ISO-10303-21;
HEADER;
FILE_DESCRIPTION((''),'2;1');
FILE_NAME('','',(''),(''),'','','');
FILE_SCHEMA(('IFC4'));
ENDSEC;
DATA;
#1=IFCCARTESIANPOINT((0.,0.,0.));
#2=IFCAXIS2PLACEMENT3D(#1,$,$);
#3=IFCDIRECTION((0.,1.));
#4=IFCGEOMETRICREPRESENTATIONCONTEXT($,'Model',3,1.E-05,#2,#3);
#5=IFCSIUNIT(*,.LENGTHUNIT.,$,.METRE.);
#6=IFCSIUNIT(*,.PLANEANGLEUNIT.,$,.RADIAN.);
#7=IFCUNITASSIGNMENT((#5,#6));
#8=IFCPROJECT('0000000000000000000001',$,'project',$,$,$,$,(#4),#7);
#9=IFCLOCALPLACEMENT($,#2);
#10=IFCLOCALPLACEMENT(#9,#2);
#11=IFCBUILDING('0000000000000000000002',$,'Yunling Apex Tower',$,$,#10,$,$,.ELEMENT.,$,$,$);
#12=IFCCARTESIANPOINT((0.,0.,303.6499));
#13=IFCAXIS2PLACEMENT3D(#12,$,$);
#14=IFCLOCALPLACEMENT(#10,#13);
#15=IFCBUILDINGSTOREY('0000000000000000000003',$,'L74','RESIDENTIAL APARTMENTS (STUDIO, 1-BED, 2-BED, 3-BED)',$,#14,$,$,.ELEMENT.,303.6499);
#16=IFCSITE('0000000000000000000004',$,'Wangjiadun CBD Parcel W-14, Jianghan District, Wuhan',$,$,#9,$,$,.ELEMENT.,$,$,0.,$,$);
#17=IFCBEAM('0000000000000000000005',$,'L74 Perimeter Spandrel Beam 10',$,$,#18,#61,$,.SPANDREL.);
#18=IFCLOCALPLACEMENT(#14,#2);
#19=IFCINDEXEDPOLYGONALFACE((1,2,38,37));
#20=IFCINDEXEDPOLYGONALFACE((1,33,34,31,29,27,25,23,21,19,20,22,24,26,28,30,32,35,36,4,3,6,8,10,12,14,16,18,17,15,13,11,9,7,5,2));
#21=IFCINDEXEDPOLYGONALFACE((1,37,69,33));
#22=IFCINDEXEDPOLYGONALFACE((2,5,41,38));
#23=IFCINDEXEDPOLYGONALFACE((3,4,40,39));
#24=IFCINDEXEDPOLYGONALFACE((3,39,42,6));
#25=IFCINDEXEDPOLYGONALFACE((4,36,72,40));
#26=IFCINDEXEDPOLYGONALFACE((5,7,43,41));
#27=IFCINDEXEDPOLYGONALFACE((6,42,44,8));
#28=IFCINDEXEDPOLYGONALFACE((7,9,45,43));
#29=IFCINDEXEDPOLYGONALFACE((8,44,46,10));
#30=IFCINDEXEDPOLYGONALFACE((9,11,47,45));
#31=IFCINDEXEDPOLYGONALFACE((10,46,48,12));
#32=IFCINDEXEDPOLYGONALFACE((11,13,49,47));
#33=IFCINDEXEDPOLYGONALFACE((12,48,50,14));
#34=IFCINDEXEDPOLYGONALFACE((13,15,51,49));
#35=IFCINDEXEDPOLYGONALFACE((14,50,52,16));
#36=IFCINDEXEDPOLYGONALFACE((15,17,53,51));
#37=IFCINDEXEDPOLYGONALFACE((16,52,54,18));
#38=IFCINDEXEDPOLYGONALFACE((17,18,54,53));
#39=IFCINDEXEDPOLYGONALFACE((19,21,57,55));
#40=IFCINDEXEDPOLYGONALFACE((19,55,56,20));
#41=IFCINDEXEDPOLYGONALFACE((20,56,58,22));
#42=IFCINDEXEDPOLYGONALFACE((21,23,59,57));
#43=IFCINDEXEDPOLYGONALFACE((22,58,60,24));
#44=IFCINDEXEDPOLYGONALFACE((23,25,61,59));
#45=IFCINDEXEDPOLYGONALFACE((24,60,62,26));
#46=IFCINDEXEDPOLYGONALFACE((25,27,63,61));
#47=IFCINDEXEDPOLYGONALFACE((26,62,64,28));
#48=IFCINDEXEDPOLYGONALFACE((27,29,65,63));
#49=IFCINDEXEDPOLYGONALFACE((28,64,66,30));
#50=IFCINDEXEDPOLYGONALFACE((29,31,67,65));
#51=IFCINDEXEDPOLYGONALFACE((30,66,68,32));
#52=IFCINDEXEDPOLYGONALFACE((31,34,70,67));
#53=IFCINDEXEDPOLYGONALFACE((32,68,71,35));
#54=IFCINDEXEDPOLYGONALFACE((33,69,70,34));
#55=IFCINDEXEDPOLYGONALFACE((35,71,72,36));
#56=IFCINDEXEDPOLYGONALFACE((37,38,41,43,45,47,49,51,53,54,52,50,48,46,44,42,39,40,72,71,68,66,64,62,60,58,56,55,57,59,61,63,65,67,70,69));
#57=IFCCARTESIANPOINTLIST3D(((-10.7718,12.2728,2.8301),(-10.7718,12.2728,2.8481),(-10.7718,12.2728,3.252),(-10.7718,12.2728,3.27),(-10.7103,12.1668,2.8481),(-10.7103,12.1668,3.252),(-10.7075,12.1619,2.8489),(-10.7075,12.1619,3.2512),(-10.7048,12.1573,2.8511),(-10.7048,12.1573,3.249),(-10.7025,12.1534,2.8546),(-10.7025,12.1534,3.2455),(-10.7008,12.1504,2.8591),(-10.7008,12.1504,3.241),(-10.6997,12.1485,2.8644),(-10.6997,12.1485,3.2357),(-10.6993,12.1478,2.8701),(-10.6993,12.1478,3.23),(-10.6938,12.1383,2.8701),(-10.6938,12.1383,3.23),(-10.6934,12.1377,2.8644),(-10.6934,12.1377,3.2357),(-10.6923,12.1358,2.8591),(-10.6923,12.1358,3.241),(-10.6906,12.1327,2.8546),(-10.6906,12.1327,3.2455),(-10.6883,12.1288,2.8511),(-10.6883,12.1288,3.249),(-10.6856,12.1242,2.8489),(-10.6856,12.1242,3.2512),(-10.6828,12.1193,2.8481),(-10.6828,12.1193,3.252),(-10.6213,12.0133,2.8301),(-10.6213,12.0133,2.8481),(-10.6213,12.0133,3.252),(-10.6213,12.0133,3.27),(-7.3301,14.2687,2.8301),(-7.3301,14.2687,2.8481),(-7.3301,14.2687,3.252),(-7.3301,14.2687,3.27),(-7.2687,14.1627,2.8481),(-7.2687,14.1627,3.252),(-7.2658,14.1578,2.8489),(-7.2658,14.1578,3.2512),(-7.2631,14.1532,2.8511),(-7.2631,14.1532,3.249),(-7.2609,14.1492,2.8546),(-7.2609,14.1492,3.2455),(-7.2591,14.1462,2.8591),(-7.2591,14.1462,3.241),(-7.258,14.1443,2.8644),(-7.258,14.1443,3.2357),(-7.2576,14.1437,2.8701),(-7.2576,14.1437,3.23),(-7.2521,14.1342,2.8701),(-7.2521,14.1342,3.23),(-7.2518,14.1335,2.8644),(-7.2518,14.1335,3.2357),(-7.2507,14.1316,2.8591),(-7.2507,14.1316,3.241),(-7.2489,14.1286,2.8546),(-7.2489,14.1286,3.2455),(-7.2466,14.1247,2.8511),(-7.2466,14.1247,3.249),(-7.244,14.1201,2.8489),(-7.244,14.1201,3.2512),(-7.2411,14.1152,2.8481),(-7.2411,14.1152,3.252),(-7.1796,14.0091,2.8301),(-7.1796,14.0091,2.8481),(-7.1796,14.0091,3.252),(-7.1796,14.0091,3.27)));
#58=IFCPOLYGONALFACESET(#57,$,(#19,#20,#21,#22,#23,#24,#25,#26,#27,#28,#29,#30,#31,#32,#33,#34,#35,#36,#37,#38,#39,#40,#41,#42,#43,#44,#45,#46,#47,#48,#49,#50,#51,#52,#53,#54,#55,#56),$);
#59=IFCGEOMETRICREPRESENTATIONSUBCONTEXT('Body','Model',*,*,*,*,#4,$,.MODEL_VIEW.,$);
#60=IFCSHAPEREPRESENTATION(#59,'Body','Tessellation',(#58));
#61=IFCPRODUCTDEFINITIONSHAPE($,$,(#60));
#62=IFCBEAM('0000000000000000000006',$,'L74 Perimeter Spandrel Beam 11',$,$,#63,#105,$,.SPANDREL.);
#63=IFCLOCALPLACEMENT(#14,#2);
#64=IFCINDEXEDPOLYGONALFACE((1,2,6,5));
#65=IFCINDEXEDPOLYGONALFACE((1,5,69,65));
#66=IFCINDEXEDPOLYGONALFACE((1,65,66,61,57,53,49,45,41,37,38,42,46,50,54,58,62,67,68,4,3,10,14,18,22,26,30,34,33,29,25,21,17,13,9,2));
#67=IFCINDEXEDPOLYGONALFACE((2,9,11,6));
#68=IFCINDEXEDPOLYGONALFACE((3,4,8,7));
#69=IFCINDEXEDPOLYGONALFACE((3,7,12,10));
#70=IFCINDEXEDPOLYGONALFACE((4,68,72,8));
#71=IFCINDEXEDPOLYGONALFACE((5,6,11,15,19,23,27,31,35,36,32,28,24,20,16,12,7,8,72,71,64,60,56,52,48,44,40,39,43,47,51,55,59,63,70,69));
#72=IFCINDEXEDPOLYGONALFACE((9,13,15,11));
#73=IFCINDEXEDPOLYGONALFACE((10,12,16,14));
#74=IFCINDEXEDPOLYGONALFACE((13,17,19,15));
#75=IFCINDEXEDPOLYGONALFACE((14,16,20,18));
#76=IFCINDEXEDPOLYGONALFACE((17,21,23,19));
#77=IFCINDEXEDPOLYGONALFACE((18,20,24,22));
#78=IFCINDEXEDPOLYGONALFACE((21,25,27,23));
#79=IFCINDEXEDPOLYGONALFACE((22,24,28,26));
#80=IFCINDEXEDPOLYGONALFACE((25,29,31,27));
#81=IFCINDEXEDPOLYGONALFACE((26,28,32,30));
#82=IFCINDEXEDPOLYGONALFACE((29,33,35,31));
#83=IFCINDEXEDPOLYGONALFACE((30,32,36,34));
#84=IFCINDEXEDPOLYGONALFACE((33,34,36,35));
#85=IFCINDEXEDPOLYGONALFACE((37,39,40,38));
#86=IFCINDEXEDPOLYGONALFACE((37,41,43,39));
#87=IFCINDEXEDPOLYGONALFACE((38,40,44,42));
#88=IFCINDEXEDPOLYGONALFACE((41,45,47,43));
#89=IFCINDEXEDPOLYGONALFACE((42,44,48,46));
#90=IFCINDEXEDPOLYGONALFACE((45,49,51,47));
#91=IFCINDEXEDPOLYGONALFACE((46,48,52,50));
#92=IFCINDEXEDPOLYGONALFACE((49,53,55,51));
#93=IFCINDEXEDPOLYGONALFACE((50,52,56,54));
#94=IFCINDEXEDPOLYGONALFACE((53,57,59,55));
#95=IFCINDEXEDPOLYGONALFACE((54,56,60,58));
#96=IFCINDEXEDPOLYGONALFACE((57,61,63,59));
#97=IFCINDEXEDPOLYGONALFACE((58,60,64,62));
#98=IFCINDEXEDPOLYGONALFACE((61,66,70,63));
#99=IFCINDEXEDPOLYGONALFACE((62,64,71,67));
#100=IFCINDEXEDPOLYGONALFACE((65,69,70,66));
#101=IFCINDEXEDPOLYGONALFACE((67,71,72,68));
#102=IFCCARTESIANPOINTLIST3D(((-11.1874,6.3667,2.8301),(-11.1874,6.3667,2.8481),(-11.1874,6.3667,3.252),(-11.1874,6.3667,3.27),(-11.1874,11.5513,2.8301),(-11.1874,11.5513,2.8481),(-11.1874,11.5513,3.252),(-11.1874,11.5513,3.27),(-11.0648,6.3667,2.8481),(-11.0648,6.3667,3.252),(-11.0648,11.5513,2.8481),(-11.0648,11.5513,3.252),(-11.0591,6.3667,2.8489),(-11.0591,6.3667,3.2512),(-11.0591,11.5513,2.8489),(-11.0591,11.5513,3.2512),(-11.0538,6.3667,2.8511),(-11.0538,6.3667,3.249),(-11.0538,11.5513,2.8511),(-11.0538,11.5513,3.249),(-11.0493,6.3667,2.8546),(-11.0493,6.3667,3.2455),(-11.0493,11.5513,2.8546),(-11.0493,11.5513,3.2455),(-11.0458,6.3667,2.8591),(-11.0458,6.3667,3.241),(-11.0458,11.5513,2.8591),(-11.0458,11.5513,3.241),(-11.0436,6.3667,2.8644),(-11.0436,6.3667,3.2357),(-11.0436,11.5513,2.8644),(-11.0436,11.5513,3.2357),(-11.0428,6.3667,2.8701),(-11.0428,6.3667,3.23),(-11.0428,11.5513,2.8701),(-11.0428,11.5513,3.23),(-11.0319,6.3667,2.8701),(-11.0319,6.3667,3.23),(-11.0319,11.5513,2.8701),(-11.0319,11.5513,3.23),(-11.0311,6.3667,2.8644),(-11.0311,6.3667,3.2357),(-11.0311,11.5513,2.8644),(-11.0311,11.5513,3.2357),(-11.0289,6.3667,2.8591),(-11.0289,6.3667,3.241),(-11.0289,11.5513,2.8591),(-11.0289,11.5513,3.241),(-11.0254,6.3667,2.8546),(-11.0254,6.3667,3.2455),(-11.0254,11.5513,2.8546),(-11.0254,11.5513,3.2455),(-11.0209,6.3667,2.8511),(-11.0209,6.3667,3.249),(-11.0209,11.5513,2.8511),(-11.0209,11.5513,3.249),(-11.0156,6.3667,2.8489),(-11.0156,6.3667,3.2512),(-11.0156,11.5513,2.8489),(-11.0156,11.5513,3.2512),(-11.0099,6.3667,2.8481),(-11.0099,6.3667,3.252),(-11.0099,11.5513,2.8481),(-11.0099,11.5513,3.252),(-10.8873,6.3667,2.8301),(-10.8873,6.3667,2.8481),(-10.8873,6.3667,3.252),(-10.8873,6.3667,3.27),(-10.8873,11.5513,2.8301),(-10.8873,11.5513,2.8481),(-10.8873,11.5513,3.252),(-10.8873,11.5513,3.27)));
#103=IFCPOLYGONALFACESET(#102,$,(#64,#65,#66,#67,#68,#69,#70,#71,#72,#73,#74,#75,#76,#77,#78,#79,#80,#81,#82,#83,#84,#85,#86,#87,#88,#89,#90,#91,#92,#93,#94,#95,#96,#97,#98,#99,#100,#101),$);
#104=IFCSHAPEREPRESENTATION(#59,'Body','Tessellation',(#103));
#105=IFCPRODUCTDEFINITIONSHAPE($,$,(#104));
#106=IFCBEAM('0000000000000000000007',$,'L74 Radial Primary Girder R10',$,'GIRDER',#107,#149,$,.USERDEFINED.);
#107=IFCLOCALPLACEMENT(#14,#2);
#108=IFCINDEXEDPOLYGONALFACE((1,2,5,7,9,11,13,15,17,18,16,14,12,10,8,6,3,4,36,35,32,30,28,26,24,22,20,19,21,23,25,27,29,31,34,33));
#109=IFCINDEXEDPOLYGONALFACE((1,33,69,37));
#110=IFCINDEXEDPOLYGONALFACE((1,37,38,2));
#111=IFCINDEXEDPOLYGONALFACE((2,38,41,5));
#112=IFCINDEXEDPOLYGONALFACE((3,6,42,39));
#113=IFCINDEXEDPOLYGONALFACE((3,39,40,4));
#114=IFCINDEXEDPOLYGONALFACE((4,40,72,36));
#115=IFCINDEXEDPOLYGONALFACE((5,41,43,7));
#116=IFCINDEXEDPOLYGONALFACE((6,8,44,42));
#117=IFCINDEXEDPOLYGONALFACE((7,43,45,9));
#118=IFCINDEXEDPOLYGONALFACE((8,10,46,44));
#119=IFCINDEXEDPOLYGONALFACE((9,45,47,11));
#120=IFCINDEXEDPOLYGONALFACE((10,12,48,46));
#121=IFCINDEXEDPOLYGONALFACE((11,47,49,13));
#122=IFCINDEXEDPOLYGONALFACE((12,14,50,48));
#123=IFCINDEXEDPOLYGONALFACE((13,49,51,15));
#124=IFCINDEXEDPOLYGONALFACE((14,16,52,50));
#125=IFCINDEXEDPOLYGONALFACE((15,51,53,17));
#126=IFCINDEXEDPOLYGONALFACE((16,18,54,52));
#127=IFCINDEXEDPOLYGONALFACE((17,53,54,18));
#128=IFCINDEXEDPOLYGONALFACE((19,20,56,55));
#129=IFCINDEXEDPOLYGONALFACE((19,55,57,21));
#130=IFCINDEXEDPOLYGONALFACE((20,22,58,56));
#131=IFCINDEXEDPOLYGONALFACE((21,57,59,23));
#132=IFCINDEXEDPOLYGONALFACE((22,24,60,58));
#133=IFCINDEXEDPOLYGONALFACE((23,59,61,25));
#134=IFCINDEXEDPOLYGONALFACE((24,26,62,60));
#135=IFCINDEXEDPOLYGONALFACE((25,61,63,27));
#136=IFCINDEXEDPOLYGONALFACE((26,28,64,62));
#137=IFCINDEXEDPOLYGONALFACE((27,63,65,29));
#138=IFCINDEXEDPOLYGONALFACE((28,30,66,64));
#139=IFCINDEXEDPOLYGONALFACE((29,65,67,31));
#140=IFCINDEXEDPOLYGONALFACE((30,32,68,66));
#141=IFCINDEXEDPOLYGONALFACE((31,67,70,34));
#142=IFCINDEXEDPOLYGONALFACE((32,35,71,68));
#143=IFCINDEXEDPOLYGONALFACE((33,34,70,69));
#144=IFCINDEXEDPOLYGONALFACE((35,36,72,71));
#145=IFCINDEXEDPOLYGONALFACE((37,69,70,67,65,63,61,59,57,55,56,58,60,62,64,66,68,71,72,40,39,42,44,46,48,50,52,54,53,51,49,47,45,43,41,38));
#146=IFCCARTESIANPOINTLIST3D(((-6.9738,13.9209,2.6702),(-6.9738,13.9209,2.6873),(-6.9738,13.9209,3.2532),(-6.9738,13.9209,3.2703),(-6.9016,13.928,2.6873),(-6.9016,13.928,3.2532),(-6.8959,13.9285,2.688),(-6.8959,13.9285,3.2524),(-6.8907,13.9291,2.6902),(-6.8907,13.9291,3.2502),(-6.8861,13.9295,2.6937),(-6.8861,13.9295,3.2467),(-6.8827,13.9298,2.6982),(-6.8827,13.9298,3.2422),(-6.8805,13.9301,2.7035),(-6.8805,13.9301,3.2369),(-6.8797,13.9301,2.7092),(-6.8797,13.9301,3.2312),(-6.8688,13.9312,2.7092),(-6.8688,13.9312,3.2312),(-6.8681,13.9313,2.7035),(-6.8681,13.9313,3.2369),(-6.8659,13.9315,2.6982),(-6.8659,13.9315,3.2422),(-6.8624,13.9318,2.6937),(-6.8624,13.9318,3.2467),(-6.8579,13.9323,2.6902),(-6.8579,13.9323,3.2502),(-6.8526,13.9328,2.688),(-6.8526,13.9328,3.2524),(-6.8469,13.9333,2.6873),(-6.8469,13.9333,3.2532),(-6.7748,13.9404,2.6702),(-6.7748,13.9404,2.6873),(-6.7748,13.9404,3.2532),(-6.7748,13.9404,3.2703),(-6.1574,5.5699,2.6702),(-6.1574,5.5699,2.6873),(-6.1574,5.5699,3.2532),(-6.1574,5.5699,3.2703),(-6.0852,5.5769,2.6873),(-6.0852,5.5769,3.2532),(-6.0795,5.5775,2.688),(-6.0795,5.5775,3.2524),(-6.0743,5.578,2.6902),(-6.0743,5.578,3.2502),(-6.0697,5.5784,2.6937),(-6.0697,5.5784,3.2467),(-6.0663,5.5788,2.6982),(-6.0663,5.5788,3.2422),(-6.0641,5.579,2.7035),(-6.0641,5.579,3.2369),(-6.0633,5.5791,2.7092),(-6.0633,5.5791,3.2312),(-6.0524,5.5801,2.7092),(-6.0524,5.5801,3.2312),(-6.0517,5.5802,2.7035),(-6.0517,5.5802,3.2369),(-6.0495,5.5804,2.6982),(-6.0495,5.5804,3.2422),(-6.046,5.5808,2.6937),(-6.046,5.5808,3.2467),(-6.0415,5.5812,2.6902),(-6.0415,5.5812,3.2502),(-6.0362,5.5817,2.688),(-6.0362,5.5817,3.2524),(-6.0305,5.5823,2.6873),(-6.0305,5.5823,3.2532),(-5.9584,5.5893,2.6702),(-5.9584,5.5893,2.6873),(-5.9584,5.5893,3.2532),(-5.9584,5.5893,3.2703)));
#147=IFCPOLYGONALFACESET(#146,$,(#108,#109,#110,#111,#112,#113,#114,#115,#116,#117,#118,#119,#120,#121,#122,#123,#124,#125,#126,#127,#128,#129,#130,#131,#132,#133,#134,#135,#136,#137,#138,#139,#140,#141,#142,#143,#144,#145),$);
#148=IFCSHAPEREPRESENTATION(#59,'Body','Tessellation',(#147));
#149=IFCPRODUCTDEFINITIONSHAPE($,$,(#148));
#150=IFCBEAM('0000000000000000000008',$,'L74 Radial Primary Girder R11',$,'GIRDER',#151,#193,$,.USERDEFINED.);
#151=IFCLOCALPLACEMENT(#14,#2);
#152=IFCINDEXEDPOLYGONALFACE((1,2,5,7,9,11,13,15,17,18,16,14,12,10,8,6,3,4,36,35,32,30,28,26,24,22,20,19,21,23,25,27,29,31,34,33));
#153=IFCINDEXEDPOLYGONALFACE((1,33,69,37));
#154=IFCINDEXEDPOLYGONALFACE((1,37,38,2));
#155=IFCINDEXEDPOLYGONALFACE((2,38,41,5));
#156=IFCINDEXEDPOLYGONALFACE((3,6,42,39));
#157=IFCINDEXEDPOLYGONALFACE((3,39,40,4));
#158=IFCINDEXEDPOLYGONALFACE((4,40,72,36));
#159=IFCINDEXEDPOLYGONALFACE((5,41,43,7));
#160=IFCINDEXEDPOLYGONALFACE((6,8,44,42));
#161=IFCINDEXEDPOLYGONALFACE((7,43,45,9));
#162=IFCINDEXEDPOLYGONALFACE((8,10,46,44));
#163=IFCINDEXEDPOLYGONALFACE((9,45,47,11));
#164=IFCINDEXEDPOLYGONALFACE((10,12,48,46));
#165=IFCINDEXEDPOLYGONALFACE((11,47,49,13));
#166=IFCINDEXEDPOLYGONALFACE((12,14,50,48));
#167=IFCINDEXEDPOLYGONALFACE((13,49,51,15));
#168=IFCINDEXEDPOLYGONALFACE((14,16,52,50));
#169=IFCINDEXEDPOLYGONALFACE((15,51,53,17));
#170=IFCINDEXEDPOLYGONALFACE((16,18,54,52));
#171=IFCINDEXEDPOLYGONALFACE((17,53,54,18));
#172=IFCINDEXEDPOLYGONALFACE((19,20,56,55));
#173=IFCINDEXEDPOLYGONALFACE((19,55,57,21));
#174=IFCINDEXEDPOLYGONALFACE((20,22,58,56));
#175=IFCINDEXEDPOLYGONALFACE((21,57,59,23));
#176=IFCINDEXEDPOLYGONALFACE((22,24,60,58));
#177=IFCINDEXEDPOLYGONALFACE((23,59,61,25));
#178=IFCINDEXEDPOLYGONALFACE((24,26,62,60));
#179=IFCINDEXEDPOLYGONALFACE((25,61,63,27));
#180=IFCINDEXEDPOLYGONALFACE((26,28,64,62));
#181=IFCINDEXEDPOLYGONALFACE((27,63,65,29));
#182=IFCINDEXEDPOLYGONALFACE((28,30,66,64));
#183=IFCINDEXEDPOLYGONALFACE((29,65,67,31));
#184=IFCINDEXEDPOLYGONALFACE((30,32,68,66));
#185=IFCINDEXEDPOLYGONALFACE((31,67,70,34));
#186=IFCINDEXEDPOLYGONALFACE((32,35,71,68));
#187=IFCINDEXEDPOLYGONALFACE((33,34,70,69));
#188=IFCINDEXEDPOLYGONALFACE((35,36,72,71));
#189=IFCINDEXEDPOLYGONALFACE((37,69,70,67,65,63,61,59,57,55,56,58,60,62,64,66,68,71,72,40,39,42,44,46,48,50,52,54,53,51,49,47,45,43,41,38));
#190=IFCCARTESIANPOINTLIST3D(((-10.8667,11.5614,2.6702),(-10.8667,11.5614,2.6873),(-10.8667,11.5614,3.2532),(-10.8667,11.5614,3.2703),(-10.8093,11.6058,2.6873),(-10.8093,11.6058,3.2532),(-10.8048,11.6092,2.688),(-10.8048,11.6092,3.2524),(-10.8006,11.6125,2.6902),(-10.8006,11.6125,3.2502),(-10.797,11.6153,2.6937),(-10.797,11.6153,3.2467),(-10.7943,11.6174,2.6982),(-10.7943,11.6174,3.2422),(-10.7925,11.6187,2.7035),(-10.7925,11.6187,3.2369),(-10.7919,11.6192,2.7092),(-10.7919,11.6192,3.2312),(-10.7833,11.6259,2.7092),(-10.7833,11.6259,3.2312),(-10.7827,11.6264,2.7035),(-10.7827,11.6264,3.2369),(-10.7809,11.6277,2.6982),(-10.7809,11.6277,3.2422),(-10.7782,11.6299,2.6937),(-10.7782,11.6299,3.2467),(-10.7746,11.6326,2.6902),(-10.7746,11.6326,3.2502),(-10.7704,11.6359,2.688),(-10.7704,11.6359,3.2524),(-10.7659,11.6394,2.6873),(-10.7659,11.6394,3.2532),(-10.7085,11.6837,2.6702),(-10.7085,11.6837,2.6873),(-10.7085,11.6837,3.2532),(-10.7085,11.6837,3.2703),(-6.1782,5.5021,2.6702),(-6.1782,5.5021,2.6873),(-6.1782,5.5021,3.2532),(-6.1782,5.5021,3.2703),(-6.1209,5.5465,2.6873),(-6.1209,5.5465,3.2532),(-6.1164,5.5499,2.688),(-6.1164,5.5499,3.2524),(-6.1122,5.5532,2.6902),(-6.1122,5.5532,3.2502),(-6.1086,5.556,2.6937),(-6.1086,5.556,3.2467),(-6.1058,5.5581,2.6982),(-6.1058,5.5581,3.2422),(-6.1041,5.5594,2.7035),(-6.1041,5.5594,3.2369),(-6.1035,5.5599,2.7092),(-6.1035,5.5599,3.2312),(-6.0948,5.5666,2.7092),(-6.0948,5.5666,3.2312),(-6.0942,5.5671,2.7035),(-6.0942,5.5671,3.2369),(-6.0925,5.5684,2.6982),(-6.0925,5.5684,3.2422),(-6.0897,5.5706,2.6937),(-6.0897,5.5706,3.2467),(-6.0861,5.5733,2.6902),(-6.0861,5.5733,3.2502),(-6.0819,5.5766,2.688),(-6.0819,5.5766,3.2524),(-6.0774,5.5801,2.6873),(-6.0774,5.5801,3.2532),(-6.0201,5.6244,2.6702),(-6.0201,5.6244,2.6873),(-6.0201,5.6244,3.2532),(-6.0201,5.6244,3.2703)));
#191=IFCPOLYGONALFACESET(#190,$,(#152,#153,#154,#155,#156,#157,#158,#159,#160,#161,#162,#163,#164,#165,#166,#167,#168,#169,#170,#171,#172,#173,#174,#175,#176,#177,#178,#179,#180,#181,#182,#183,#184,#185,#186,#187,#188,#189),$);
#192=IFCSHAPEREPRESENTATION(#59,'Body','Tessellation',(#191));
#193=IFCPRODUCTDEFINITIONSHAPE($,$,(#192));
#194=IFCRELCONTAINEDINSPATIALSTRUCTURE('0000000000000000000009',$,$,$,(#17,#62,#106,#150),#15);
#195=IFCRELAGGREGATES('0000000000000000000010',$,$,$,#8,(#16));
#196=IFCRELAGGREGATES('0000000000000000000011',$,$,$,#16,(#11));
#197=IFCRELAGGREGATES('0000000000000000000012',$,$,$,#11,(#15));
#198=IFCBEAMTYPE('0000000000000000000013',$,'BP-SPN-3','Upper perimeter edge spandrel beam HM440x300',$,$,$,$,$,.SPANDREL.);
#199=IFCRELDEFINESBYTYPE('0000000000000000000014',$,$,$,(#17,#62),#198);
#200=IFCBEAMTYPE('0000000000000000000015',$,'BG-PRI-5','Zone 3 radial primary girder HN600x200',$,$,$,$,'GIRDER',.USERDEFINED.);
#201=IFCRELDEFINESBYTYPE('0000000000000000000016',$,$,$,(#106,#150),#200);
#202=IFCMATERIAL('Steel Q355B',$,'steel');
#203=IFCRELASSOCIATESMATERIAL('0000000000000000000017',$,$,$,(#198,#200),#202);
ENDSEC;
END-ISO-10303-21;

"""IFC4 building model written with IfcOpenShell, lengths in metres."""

from ifc_helpers import new_model, si_unit, direction, frame, origin, origin_2d, place, context, subcontext, project, spatial, i_section, extrude, source, transform, mapped, material, material_profile, profile_set, type_object, element, save


model = new_model("IFC4")

# Units and contexts
model_context = context("Model", 3, precision=1e-05, world=origin(), true_north=direction((0.0, 1.0)))
body_context = subcontext(model_context, "Body", "Model", "MODEL_VIEW")
ifc_project = project(units=[si_unit("LENGTHUNIT", "METRE"), si_unit("PLANEANGLEUNIT", "RADIAN")], contexts=[model_context])

# Site, building, storey
site_placement = place(None, origin())
site = spatial("IfcSite", under=ifc_project, at=site_placement, Name="Wangjiadun CBD Parcel W-14, Jianghan District, Wuhan", CompositionType="ELEMENT", RefElevation=0.0)
building_placement = place(site_placement, origin())
building = spatial("IfcBuilding", under=site, at=building_placement, Name="Yunling Apex Tower", CompositionType="ELEMENT")
storey_placement = place(building_placement, frame((0.0, 0.0, 303.6499)))
storey = spatial("IfcBuildingStorey", under=building, at=storey_placement, Name="L74", Description="RESIDENTIAL APARTMENTS (STUDIO, 1-BED, 2-BED, 3-BED)", CompositionType="ELEMENT", Elevation=303.6499)

# Shared definitions
ifc_material_1 = material(Name="Steel Q355B", Category="steel")

# Beams
ifc_material_profile_1 = material_profile(ifc_material_1, i_section(OverallWidth=0.3, OverallDepth=0.4399, WebThickness=0.011, FlangeThickness=0.0181, FilletRadius=0.022, at=origin_2d()))
ifc_profile_set_1 = profile_set([ifc_material_profile_1], Name="Steel Q355B")
beam_type_1 = type_object("IfcBeamType", Name="BP-SPN-3", Description="Upper perimeter edge spandrel beam HM440x300", PredefinedType="SPANDREL", material=ifc_profile_set_1)
shared_shape_1 = source(origin(), body_context, "Body", "SweptSolid", [
    extrude(i_section(OverallWidth=0.3, OverallDepth=0.4399, WebThickness=0.011, FlangeThickness=0.0181, FilletRadius=0.022, at=origin_2d()), origin(), (0.0, 0.0, 1.0), 3.9785),
])
beam_1_placement = place(storey_placement, frame((-7.2549, 14.1389, 3.05), z_axis=(-0.865065, -0.50166, 0.0), x_axis=(0.50166, -0.865065, 0.0)))
element("IfcBeam", 1, at=beam_1_placement, inside=storey, type_object=beam_type_1, Name="L74 Perimeter Spandrel Beam 10", PredefinedType="SPANDREL", context=body_context, shape_type="MappedRepresentation", body=[
    mapped(shared_shape_1, transform((0.0, 0.0, 0.0), scale=1.0)),
])
shared_shape_2 = source(origin(), body_context, "Body", "SweptSolid", [
    extrude(i_section(OverallWidth=0.3, OverallDepth=0.4399, WebThickness=0.011, FlangeThickness=0.0181, FilletRadius=0.022, at=origin_2d()), origin(), (0.0, 0.0, 1.0), 5.1846),
])
beam_2_placement = place(storey_placement, frame((-11.0374, 11.5513, 3.05), z_axis=(0.0, -1.0, 0.0), x_axis=(1.0, 0.0, 0.0)))
element("IfcBeam", 2, at=beam_2_placement, inside=storey, type_object=beam_type_1, Name="L74 Perimeter Spandrel Beam 11", PredefinedType="SPANDREL", context=body_context, shape_type="MappedRepresentation", body=[
    mapped(shared_shape_2, transform((0.0, 0.0, 0.0), scale=1.0)),
])
ifc_material_profile_2 = material_profile(ifc_material_1, i_section(OverallWidth=0.2, OverallDepth=0.6001, WebThickness=0.011, FlangeThickness=0.0171, FilletRadius=0.022, at=origin_2d()))
ifc_profile_set_2 = profile_set([ifc_material_profile_2], Name="Steel Q355B")
beam_type_2 = type_object("IfcBeamType", Name="BG-PRI-5", Description="Zone 3 radial primary girder HN600x200", ElementType="GIRDER", PredefinedType="USERDEFINED", material=ifc_profile_set_2)
shared_shape_3 = source(origin(), body_context, "Body", "SweptSolid", [
    extrude(i_section(OverallWidth=0.2, OverallDepth=0.6001, WebThickness=0.011, FlangeThickness=0.0171, FilletRadius=0.022, at=origin_2d()), origin(), (0.0, 0.0, 1.0), 8.3909),
])
beam_3_placement = place(storey_placement, frame((-6.8743, 13.9307, 2.9702), z_axis=(0.097297, -0.995255, 0.0), x_axis=(0.995255, 0.097297, 0.0)))
element("IfcBeam", 3, at=beam_3_placement, inside=storey, type_object=beam_type_2, Name="L74 Radial Primary Girder R10", ObjectType="GIRDER", PredefinedType="USERDEFINED", context=body_context, shape_type="MappedRepresentation", body=[
    mapped(shared_shape_3, transform((0.0, 0.0, 0.0), scale=1.0)),
])
shared_shape_4 = source(origin(), body_context, "Body", "SweptSolid", [
    extrude(i_section(OverallWidth=0.2, OverallDepth=0.6001, WebThickness=0.011, FlangeThickness=0.0171, FilletRadius=0.022, at=origin_2d()), origin(), (0.0, 0.0, 1.0), 7.6614),
])
beam_4_placement = place(storey_placement, frame((-10.7876, 11.6226, 2.9702), z_axis=(0.61196, -0.790889, 0.0), x_axis=(0.790889, 0.61196, 0.0)))
element("IfcBeam", 4, at=beam_4_placement, inside=storey, type_object=beam_type_2, Name="L74 Radial Primary Girder R11", ObjectType="GIRDER", PredefinedType="USERDEFINED", context=body_context, shape_type="MappedRepresentation", body=[
    mapped(shared_shape_4, transform((0.0, 0.0, 0.0), scale=1.0)),
])

save(model, "model.ifc")
